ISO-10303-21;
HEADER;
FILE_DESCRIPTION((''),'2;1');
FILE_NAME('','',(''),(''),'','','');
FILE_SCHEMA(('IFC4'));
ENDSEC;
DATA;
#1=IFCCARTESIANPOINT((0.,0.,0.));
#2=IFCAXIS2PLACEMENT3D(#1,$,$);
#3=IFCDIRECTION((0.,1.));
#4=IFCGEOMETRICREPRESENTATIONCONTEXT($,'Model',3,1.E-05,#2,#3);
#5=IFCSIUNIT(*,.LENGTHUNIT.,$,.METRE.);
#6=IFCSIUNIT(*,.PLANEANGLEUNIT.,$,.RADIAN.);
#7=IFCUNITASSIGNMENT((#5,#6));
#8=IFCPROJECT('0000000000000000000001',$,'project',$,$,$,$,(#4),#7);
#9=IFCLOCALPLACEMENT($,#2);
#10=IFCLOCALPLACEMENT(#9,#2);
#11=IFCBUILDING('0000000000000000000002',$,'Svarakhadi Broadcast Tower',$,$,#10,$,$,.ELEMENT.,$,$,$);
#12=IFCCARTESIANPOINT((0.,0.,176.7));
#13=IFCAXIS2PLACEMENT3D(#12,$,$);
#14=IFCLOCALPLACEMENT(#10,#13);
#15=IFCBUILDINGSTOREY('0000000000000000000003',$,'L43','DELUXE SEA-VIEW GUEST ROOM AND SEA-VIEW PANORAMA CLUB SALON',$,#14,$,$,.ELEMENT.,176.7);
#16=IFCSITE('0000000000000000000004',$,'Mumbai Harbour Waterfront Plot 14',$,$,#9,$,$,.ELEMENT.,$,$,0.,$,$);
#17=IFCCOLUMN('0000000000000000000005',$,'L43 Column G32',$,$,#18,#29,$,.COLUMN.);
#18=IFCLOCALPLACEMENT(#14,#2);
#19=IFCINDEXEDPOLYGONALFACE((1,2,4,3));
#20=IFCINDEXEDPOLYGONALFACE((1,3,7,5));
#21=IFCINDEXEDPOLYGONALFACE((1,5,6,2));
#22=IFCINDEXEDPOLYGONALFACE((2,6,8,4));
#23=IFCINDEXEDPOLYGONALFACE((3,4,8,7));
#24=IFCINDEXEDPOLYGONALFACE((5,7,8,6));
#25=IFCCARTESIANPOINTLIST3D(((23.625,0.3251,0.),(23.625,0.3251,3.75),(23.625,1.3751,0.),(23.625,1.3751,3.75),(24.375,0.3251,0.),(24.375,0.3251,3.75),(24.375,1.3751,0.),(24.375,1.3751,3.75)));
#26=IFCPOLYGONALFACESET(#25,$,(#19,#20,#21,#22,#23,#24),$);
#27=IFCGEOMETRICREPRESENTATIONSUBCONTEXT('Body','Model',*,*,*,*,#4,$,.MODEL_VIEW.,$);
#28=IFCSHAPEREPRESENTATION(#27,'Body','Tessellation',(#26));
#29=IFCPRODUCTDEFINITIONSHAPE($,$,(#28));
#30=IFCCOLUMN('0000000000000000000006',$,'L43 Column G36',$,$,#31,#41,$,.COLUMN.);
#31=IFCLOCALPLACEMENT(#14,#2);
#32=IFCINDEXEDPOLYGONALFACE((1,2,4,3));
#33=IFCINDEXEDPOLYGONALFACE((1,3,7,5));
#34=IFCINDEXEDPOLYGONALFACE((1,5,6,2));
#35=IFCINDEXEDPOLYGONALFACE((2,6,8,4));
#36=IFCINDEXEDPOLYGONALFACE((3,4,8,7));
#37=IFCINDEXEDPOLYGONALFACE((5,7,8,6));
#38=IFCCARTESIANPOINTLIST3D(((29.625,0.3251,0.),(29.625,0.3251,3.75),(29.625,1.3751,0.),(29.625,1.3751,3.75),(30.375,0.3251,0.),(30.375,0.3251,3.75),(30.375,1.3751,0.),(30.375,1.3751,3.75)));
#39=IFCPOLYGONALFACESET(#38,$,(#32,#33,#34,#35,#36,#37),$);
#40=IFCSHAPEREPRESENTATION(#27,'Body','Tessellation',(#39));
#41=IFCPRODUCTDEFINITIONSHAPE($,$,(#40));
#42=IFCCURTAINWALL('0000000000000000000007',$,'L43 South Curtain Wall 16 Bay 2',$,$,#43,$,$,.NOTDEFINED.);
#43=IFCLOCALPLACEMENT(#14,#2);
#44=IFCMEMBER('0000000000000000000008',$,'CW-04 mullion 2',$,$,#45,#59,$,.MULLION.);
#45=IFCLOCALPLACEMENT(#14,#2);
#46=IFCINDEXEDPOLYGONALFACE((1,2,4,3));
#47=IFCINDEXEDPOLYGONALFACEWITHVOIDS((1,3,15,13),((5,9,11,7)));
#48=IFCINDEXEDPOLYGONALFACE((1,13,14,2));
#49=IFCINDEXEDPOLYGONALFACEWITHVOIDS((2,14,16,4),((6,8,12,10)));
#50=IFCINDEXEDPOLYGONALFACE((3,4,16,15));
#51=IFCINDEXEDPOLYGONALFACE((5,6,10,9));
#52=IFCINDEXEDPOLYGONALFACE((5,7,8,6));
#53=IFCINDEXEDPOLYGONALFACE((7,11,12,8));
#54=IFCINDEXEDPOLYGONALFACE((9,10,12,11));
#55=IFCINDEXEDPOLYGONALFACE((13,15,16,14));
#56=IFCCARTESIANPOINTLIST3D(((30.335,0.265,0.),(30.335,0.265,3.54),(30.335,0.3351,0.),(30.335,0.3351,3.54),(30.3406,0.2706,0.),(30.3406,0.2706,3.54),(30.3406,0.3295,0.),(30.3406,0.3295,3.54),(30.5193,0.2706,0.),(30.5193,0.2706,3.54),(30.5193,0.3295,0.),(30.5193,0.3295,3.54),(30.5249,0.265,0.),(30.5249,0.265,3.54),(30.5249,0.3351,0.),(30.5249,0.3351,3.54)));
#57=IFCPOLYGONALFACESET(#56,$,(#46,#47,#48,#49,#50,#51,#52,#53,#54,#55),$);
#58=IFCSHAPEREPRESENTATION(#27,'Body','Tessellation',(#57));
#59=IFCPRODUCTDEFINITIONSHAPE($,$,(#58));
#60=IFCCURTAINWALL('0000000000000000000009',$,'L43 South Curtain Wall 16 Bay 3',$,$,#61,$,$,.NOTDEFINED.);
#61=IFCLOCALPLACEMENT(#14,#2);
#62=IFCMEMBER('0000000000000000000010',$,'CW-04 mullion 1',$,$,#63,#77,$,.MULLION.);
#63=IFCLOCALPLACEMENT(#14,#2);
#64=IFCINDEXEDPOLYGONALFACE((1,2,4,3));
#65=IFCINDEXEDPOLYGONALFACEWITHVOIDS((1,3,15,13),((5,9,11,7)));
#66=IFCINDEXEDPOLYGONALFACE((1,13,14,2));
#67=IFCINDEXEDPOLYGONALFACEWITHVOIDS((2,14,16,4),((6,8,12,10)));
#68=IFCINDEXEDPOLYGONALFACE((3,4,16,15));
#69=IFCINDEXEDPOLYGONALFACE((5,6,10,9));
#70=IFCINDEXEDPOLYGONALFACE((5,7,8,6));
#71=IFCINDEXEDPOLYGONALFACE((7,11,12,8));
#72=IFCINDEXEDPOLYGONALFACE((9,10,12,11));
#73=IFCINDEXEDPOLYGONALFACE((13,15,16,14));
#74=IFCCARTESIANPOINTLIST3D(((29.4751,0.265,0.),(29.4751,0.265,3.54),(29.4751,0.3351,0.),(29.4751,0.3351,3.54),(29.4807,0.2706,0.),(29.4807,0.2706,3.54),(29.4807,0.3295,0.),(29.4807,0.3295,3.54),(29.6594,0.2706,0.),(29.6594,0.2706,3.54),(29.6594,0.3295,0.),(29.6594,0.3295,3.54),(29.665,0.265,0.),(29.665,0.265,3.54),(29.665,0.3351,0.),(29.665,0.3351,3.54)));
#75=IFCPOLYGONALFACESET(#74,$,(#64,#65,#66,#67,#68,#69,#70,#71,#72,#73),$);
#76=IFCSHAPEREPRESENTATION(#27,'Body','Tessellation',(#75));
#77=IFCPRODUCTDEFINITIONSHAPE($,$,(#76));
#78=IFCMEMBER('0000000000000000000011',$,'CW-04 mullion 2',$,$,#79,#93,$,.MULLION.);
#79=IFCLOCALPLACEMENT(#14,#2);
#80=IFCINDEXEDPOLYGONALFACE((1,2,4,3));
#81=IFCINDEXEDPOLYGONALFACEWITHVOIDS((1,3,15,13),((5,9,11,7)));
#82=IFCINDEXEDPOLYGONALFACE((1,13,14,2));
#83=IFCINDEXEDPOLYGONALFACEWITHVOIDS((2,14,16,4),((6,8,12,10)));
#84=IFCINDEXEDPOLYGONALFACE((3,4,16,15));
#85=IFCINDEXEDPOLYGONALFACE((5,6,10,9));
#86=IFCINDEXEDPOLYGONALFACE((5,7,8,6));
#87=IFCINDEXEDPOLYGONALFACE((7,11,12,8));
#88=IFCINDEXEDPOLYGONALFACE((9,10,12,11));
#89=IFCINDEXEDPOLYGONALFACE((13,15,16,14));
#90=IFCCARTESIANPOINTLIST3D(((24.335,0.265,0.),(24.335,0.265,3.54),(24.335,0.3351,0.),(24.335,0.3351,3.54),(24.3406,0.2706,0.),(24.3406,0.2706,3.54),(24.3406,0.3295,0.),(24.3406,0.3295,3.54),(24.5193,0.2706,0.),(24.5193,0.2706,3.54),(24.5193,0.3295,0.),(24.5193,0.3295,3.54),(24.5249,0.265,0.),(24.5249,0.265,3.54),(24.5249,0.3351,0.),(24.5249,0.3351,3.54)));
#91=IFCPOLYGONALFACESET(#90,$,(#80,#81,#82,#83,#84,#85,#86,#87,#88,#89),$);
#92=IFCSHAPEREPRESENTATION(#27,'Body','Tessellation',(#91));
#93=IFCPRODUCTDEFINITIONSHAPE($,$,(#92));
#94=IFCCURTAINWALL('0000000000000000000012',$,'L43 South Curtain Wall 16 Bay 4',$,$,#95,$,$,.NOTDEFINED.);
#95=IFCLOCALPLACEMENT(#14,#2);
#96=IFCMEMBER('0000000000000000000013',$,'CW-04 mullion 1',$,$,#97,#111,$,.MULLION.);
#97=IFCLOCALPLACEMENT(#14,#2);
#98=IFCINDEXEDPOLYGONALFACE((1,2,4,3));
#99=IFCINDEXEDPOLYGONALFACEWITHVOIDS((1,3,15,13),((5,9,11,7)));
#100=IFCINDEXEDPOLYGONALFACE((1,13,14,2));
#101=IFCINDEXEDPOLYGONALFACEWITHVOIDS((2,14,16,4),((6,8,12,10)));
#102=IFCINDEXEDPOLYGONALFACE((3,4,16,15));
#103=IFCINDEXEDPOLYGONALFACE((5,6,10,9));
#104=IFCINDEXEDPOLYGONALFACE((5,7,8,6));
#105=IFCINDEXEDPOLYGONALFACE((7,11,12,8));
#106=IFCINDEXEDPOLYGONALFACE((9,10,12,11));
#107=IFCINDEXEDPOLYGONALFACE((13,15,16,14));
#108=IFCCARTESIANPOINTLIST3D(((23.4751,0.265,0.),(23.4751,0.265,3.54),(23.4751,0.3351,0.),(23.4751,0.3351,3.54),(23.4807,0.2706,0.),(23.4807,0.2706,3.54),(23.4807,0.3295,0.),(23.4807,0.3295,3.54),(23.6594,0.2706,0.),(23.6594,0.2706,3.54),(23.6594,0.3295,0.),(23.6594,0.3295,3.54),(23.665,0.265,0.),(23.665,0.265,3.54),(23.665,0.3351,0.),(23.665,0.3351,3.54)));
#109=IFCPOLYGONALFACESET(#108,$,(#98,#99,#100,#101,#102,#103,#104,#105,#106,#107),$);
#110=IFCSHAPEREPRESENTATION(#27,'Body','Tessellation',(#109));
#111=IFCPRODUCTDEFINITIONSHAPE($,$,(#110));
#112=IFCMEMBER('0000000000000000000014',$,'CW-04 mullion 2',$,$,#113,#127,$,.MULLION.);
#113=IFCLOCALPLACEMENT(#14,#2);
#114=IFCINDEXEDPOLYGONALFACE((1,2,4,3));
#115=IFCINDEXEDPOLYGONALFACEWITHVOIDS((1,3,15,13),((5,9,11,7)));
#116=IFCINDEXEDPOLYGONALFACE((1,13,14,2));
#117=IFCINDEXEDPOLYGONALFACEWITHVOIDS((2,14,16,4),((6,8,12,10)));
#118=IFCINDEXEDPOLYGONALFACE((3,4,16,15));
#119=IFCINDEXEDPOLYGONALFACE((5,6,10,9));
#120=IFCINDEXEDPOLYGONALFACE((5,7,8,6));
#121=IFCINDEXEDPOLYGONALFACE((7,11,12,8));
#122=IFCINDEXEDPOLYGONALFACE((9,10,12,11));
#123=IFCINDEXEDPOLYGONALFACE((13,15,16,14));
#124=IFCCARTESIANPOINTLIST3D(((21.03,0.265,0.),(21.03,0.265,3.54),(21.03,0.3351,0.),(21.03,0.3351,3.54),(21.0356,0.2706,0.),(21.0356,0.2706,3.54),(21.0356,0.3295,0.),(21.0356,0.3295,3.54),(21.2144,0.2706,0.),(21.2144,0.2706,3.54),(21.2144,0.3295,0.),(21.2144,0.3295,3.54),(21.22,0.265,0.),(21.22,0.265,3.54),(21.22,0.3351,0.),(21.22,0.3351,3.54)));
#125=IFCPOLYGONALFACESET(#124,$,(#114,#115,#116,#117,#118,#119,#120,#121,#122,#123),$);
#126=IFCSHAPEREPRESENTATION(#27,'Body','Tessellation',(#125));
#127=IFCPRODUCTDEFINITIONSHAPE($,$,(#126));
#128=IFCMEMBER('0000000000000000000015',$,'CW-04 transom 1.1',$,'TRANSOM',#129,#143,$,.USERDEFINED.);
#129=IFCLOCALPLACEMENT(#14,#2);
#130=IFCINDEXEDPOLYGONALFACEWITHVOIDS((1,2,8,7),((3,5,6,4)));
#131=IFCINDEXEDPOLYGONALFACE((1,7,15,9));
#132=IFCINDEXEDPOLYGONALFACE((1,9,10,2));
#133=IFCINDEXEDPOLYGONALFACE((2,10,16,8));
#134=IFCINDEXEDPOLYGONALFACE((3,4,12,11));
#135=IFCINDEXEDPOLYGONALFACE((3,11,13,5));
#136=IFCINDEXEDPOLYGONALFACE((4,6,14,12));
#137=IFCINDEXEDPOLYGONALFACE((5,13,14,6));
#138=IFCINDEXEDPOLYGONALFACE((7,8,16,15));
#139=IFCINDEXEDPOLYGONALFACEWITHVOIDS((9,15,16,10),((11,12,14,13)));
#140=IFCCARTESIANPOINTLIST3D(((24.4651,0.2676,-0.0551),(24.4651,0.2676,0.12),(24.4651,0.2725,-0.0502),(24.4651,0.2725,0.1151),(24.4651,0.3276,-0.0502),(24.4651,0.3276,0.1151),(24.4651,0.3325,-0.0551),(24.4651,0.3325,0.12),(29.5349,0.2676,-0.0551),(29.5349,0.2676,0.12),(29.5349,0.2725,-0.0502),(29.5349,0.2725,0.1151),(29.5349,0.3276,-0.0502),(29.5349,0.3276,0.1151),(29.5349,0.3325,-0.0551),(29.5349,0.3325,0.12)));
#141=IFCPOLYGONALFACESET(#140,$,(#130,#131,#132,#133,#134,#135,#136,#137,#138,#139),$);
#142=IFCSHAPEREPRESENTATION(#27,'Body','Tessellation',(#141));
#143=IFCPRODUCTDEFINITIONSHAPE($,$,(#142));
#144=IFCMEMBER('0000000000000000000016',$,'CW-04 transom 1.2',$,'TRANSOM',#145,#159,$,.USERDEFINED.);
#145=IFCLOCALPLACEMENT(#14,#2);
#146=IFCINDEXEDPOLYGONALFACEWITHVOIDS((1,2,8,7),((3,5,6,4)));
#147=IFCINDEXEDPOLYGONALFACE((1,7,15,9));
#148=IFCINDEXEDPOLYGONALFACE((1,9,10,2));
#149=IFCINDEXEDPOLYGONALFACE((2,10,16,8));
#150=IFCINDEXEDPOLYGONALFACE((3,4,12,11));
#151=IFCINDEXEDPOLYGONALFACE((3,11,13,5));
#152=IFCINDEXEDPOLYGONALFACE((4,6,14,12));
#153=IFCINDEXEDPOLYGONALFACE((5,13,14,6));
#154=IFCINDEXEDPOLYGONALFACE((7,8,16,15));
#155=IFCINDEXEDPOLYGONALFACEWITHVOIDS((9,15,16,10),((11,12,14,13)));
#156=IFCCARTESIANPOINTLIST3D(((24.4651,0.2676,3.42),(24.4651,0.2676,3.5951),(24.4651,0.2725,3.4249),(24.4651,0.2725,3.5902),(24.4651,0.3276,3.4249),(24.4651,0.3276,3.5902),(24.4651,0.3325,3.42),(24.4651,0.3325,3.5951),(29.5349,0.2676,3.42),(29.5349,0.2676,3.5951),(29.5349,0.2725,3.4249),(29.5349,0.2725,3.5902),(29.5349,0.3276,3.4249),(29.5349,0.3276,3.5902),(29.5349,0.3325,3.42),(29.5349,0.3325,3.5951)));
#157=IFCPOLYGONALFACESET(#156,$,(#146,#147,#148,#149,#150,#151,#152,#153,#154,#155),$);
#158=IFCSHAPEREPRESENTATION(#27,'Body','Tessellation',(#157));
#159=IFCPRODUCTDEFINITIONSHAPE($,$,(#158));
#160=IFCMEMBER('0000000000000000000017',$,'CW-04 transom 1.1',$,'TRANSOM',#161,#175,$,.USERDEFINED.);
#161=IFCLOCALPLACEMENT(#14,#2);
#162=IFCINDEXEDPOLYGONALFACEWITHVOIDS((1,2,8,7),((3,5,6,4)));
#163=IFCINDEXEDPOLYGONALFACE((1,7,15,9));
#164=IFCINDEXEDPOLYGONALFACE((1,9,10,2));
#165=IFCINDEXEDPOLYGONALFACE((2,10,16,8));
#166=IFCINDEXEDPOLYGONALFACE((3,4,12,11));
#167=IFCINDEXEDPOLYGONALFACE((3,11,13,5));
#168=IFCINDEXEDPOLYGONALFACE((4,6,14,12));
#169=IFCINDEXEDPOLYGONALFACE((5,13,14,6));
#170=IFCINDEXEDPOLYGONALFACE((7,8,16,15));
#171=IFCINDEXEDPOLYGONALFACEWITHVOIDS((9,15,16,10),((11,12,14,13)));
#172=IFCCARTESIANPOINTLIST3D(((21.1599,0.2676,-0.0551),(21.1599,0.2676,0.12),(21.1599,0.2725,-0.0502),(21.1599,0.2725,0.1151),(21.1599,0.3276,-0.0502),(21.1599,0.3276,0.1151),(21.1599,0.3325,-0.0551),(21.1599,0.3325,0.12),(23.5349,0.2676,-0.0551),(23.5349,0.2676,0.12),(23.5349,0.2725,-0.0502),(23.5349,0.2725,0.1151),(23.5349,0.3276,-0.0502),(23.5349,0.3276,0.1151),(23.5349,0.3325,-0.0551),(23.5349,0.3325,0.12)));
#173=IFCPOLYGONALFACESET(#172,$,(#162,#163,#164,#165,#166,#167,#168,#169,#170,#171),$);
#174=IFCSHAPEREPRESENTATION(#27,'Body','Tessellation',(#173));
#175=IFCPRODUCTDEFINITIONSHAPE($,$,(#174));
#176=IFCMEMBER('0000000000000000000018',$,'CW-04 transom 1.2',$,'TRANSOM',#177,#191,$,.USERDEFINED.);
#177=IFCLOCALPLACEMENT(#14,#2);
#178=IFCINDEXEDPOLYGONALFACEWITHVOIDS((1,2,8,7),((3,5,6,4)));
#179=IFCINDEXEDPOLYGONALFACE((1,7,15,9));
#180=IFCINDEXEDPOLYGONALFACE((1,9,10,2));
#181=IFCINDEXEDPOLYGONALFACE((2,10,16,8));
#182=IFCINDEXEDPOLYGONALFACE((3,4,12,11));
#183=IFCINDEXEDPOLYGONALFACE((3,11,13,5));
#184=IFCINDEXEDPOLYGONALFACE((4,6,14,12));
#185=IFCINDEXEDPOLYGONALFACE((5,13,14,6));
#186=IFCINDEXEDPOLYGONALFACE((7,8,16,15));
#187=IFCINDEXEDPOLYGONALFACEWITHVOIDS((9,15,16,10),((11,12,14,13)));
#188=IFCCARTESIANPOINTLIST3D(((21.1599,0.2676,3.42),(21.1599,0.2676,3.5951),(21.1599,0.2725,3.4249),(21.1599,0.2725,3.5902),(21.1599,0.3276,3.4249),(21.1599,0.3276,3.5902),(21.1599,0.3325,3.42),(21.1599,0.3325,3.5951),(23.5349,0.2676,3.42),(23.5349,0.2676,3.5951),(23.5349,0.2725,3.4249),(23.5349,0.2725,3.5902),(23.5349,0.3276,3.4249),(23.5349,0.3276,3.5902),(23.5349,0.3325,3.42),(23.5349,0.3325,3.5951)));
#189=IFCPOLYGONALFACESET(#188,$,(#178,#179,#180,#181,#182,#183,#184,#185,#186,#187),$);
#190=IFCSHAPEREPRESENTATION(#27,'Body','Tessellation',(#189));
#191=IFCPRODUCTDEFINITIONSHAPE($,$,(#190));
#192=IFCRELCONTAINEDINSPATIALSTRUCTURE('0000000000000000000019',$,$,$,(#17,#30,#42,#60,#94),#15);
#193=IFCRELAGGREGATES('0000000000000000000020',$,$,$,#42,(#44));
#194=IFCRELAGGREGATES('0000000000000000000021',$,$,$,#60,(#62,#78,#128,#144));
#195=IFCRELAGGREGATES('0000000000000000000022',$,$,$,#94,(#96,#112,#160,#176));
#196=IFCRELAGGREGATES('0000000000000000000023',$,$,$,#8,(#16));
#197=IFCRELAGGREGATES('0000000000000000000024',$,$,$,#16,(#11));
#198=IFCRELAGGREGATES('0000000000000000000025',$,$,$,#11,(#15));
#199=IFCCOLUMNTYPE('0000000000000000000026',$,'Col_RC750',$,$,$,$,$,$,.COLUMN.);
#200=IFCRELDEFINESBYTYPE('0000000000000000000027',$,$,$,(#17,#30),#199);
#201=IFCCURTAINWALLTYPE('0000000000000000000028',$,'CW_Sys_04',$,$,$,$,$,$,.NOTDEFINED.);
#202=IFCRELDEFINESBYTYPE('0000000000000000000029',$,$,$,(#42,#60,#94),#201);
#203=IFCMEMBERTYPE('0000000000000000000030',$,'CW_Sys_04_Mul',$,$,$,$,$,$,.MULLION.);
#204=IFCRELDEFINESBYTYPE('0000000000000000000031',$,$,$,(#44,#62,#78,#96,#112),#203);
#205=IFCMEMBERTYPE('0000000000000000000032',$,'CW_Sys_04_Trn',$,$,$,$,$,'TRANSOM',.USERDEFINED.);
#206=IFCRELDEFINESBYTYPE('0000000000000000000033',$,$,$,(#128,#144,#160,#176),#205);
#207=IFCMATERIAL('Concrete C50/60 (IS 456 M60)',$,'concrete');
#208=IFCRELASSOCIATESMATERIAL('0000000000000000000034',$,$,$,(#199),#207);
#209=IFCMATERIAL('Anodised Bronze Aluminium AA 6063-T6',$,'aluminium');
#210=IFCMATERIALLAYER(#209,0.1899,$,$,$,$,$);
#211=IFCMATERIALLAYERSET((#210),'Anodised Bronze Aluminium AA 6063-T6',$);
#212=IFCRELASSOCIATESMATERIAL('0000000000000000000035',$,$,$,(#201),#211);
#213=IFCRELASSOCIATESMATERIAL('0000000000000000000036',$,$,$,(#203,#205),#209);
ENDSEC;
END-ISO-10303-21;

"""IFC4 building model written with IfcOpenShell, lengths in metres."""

from ifc_helpers import new_model, si_unit, direction, frame, origin, origin_2d, place, context, subcontext, project, spatial, rectangle, hollow_rectangle, extrude, material, layer, layer_set, material_profile, profile_set, type_object, element, aggregate, save


model = new_model("IFC4")

# Units and contexts
model_context = context("Model", 3, precision=1e-05, world=origin(), true_north=direction((0.0, 1.0)))
body_context = subcontext(model_context, "Body", "Model", "MODEL_VIEW")
ifc_project = project(units=[si_unit("LENGTHUNIT", "METRE"), si_unit("PLANEANGLEUNIT", "RADIAN")], contexts=[model_context])

# Site, building, storey
site_placement = place(None, origin())
site = spatial("IfcSite", under=ifc_project, at=site_placement, Name="Mumbai Harbour Waterfront Plot 14", CompositionType="ELEMENT", RefElevation=0.0)
building_placement = place(site_placement, origin())
building = spatial("IfcBuilding", under=site, at=building_placement, Name="Svarakhadi Broadcast Tower", CompositionType="ELEMENT")
storey_placement = place(building_placement, frame((0.0, 0.0, 176.7)))
storey = spatial("IfcBuildingStorey", under=building, at=storey_placement, Name="L43", Description="DELUXE SEA-VIEW GUEST ROOM AND SEA-VIEW PANORAMA CLUB SALON", CompositionType="ELEMENT", Elevation=176.7)

# Columns
ifc_material_1 = material(Name="Concrete C50/60 (IS 456 M60)", Category="concrete")
ifc_material_profile_1 = material_profile(ifc_material_1, rectangle(XDim=0.75, YDim=1.05, at=origin_2d()), Name="RC 750x1050")
ifc_profile_set_1 = profile_set([ifc_material_profile_1], Name="Concrete C50/60 (IS 456 M60)")
column_type = type_object("IfcColumnType", Name="Col_RC750", PredefinedType="COLUMN", material=ifc_profile_set_1)
for number, where, z_axis, x_axis, name in (
    (1, (24.0, 0.8501, 0.0), (0.0, 0.0, 1.0), (1.0, 0.0, 0.0), "L43 Column G32"),
    (2, (30.0, 0.8501, 0.0), (0.0, 0.0, 1.0), (1.0, 0.0, 0.0), "L43 Column G36"),
):
    element("IfcColumn", number, at=place(storey_placement, frame(where, z_axis=z_axis, x_axis=x_axis)), inside=storey, type_object=column_type, Name=name, PredefinedType="COLUMN", context=body_context, shape_type="SweptSolid", body=[
        extrude(rectangle(XDim=0.75, YDim=1.05, at=origin_2d()), origin(), (0.0, 0.0, 1.0), 3.75),
    ])

# Curtain wall, member
ifc_material_2 = material(Name="Anodised Bronze Aluminium AA 6063-T6", Category="aluminium")
ifc_layer_1 = layer(ifc_material_2, 0.1899)
ifc_layer_set_1 = layer_set([ifc_layer_1], Name="Anodised Bronze Aluminium AA 6063-T6")
curtain_wall_type = type_object("IfcCurtainWallType", Name="CW_Sys_04", PredefinedType="NOTDEFINED", material=ifc_layer_set_1)
curtain_wall_1_placement = place(storey_placement, origin())
curtain_wall_1 = element("IfcCurtainWall", 3, at=curtain_wall_1_placement, inside=storey, type_object=curtain_wall_type, Name="L43 South Curtain Wall 16 Bay 2", PredefinedType="NOTDEFINED")
ifc_material_profile_2 = material_profile(ifc_material_2, hollow_rectangle(XDim=0.0701, YDim=0.1899, WallThickness=0.0056, at=origin_2d()), Name="ALU MULLION 190x70x6")
ifc_profile_set_2 = profile_set([ifc_material_profile_2], Name="Anodised Bronze Aluminium AA 6063-T6")
member_type_1 = type_object("IfcMemberType", Name="CW_Sys_04_Mul", PredefinedType="MULLION", material=ifc_profile_set_2)
member_1_placement = place(storey_placement, frame((30.4299, 0.3, 0.0), z_axis=(0.0, 0.0, 1.0), x_axis=(0.0, -1.0, 0.0)))
member_1 = element("IfcMember", 4, at=member_1_placement, type_object=member_type_1, Name="CW-04 mullion 2", PredefinedType="MULLION", context=body_context, shape_type="SweptSolid", body=[
    extrude(hollow_rectangle(XDim=0.0701, YDim=0.1899, WallThickness=0.0056, at=origin_2d()), origin(), (0.0, 0.0, 1.0), 3.54),
])
aggregate(curtain_wall_1, [member_1])

# Curtain walls, members
curtain_wall_2_placement = place(storey_placement, origin())
curtain_wall_2 = element("IfcCurtainWall", 5, at=curtain_wall_2_placement, inside=storey, type_object=curtain_wall_type, Name="L43 South Curtain Wall 16 Bay 3", PredefinedType="NOTDEFINED")
member_2_placement = place(storey_placement, frame((29.5701, 0.3, 0.0), z_axis=(0.0, 0.0, 1.0), x_axis=(0.0, -1.0, 0.0)))
member_2 = element("IfcMember", 6, at=member_2_placement, type_object=member_type_1, Name="CW-04 mullion 1", PredefinedType="MULLION", context=body_context, shape_type="SweptSolid", body=[
    extrude(hollow_rectangle(XDim=0.0701, YDim=0.1899, WallThickness=0.0056, at=origin_2d()), origin(), (0.0, 0.0, 1.0), 3.54),
])
member_3_placement = place(storey_placement, frame((24.4299, 0.3, 0.0), z_axis=(0.0, 0.0, 1.0), x_axis=(0.0, -1.0, 0.0)))
member_3 = element("IfcMember", 7, at=member_3_placement, type_object=member_type_1, Name="CW-04 mullion 2", PredefinedType="MULLION", context=body_context, shape_type="SweptSolid", body=[
    extrude(hollow_rectangle(XDim=0.0701, YDim=0.1899, WallThickness=0.0056, at=origin_2d()), origin(), (0.0, 0.0, 1.0), 3.54),
])
curtain_wall_3_placement = place(storey_placement, origin())
curtain_wall_3 = element("IfcCurtainWall", 8, at=curtain_wall_3_placement, inside=storey, type_object=curtain_wall_type, Name="L43 South Curtain Wall 16 Bay 4", PredefinedType="NOTDEFINED")
member_4_placement = place(storey_placement, frame((23.5701, 0.3, 0.0), z_axis=(0.0, 0.0, 1.0), x_axis=(0.0, -1.0, 0.0)))
member_4 = element("IfcMember", 9, at=member_4_placement, type_object=member_type_1, Name="CW-04 mullion 1", PredefinedType="MULLION", context=body_context, shape_type="SweptSolid", body=[
    extrude(hollow_rectangle(XDim=0.0701, YDim=0.1899, WallThickness=0.0056, at=origin_2d()), origin(), (0.0, 0.0, 1.0), 3.54),
])
member_5_placement = place(storey_placement, frame((21.125, 0.3, 0.0), z_axis=(0.0, 0.0, 1.0), x_axis=(0.0, -1.0, 0.0)))
member_5 = element("IfcMember", 10, at=member_5_placement, type_object=member_type_1, Name="CW-04 mullion 2", PredefinedType="MULLION", context=body_context, shape_type="SweptSolid", body=[
    extrude(hollow_rectangle(XDim=0.0701, YDim=0.1899, WallThickness=0.0056, at=origin_2d()), origin(), (0.0, 0.0, 1.0), 3.54),
])

# Members
ifc_material_profile_3 = material_profile(ifc_material_2, hollow_rectangle(XDim=0.0649, YDim=0.175, WallThickness=0.0049, at=origin_2d()), Name="ALU TRANSOM 175x65x5")
ifc_profile_set_3 = profile_set([ifc_material_profile_3], Name="Anodised Bronze Aluminium AA 6063-T6")
member_type_2 = type_object("IfcMemberType", Name="CW_Sys_04_Trn", ElementType="TRANSOM", PredefinedType="USERDEFINED", material=ifc_profile_set_3)
member_6_placement = place(storey_placement, frame((29.5349, 0.3, 0.0325), z_axis=(-1.0, 0.0, 0.0), x_axis=(0.0, -1.0, 0.0)))
member_6 = element("IfcMember", 11, at=member_6_placement, type_object=member_type_2, Name="CW-04 transom 1.1", ObjectType="TRANSOM", PredefinedType="USERDEFINED", context=body_context, shape_type="SweptSolid", body=[
    extrude(hollow_rectangle(XDim=0.0649, YDim=0.175, WallThickness=0.0049, at=origin_2d()), origin(), (0.0, 0.0, 1.0), 5.0698),
])
member_7_placement = place(storey_placement, frame((29.5349, 0.3, 3.5076), z_axis=(-1.0, 0.0, 0.0), x_axis=(0.0, -1.0, 0.0)))
member_7 = element("IfcMember", 12, at=member_7_placement, type_object=member_type_2, Name="CW-04 transom 1.2", ObjectType="TRANSOM", PredefinedType="USERDEFINED", context=body_context, shape_type="SweptSolid", body=[
    extrude(hollow_rectangle(XDim=0.0649, YDim=0.175, WallThickness=0.0049, at=origin_2d()), origin(), (0.0, 0.0, 1.0), 5.0698),
])
member_8_placement = place(storey_placement, frame((23.5349, 0.3, 0.0325), z_axis=(-1.0, 0.0, 0.0), x_axis=(0.0, -1.0, 0.0)))
member_8 = element("IfcMember", 13, at=member_8_placement, type_object=member_type_2, Name="CW-04 transom 1.1", ObjectType="TRANSOM", PredefinedType="USERDEFINED", context=body_context, shape_type="SweptSolid", body=[
    extrude(hollow_rectangle(XDim=0.0649, YDim=0.175, WallThickness=0.0049, at=origin_2d()), origin(), (0.0, 0.0, 1.0), 2.375),
])
member_9_placement = place(storey_placement, frame((23.5349, 0.3, 3.5076), z_axis=(-1.0, 0.0, 0.0), x_axis=(0.0, -1.0, 0.0)))
member_9 = element("IfcMember", 14, at=member_9_placement, type_object=member_type_2, Name="CW-04 transom 1.2", ObjectType="TRANSOM", PredefinedType="USERDEFINED", context=body_context, shape_type="SweptSolid", body=[
    extrude(hollow_rectangle(XDim=0.0649, YDim=0.175, WallThickness=0.0049, at=origin_2d()), origin(), (0.0, 0.0, 1.0), 2.375),
])

aggregate(curtain_wall_2, [member_2, member_3, member_6, member_7])
aggregate(curtain_wall_3, [member_4, member_5, member_8, member_9])

save(model, "model.ifc")
